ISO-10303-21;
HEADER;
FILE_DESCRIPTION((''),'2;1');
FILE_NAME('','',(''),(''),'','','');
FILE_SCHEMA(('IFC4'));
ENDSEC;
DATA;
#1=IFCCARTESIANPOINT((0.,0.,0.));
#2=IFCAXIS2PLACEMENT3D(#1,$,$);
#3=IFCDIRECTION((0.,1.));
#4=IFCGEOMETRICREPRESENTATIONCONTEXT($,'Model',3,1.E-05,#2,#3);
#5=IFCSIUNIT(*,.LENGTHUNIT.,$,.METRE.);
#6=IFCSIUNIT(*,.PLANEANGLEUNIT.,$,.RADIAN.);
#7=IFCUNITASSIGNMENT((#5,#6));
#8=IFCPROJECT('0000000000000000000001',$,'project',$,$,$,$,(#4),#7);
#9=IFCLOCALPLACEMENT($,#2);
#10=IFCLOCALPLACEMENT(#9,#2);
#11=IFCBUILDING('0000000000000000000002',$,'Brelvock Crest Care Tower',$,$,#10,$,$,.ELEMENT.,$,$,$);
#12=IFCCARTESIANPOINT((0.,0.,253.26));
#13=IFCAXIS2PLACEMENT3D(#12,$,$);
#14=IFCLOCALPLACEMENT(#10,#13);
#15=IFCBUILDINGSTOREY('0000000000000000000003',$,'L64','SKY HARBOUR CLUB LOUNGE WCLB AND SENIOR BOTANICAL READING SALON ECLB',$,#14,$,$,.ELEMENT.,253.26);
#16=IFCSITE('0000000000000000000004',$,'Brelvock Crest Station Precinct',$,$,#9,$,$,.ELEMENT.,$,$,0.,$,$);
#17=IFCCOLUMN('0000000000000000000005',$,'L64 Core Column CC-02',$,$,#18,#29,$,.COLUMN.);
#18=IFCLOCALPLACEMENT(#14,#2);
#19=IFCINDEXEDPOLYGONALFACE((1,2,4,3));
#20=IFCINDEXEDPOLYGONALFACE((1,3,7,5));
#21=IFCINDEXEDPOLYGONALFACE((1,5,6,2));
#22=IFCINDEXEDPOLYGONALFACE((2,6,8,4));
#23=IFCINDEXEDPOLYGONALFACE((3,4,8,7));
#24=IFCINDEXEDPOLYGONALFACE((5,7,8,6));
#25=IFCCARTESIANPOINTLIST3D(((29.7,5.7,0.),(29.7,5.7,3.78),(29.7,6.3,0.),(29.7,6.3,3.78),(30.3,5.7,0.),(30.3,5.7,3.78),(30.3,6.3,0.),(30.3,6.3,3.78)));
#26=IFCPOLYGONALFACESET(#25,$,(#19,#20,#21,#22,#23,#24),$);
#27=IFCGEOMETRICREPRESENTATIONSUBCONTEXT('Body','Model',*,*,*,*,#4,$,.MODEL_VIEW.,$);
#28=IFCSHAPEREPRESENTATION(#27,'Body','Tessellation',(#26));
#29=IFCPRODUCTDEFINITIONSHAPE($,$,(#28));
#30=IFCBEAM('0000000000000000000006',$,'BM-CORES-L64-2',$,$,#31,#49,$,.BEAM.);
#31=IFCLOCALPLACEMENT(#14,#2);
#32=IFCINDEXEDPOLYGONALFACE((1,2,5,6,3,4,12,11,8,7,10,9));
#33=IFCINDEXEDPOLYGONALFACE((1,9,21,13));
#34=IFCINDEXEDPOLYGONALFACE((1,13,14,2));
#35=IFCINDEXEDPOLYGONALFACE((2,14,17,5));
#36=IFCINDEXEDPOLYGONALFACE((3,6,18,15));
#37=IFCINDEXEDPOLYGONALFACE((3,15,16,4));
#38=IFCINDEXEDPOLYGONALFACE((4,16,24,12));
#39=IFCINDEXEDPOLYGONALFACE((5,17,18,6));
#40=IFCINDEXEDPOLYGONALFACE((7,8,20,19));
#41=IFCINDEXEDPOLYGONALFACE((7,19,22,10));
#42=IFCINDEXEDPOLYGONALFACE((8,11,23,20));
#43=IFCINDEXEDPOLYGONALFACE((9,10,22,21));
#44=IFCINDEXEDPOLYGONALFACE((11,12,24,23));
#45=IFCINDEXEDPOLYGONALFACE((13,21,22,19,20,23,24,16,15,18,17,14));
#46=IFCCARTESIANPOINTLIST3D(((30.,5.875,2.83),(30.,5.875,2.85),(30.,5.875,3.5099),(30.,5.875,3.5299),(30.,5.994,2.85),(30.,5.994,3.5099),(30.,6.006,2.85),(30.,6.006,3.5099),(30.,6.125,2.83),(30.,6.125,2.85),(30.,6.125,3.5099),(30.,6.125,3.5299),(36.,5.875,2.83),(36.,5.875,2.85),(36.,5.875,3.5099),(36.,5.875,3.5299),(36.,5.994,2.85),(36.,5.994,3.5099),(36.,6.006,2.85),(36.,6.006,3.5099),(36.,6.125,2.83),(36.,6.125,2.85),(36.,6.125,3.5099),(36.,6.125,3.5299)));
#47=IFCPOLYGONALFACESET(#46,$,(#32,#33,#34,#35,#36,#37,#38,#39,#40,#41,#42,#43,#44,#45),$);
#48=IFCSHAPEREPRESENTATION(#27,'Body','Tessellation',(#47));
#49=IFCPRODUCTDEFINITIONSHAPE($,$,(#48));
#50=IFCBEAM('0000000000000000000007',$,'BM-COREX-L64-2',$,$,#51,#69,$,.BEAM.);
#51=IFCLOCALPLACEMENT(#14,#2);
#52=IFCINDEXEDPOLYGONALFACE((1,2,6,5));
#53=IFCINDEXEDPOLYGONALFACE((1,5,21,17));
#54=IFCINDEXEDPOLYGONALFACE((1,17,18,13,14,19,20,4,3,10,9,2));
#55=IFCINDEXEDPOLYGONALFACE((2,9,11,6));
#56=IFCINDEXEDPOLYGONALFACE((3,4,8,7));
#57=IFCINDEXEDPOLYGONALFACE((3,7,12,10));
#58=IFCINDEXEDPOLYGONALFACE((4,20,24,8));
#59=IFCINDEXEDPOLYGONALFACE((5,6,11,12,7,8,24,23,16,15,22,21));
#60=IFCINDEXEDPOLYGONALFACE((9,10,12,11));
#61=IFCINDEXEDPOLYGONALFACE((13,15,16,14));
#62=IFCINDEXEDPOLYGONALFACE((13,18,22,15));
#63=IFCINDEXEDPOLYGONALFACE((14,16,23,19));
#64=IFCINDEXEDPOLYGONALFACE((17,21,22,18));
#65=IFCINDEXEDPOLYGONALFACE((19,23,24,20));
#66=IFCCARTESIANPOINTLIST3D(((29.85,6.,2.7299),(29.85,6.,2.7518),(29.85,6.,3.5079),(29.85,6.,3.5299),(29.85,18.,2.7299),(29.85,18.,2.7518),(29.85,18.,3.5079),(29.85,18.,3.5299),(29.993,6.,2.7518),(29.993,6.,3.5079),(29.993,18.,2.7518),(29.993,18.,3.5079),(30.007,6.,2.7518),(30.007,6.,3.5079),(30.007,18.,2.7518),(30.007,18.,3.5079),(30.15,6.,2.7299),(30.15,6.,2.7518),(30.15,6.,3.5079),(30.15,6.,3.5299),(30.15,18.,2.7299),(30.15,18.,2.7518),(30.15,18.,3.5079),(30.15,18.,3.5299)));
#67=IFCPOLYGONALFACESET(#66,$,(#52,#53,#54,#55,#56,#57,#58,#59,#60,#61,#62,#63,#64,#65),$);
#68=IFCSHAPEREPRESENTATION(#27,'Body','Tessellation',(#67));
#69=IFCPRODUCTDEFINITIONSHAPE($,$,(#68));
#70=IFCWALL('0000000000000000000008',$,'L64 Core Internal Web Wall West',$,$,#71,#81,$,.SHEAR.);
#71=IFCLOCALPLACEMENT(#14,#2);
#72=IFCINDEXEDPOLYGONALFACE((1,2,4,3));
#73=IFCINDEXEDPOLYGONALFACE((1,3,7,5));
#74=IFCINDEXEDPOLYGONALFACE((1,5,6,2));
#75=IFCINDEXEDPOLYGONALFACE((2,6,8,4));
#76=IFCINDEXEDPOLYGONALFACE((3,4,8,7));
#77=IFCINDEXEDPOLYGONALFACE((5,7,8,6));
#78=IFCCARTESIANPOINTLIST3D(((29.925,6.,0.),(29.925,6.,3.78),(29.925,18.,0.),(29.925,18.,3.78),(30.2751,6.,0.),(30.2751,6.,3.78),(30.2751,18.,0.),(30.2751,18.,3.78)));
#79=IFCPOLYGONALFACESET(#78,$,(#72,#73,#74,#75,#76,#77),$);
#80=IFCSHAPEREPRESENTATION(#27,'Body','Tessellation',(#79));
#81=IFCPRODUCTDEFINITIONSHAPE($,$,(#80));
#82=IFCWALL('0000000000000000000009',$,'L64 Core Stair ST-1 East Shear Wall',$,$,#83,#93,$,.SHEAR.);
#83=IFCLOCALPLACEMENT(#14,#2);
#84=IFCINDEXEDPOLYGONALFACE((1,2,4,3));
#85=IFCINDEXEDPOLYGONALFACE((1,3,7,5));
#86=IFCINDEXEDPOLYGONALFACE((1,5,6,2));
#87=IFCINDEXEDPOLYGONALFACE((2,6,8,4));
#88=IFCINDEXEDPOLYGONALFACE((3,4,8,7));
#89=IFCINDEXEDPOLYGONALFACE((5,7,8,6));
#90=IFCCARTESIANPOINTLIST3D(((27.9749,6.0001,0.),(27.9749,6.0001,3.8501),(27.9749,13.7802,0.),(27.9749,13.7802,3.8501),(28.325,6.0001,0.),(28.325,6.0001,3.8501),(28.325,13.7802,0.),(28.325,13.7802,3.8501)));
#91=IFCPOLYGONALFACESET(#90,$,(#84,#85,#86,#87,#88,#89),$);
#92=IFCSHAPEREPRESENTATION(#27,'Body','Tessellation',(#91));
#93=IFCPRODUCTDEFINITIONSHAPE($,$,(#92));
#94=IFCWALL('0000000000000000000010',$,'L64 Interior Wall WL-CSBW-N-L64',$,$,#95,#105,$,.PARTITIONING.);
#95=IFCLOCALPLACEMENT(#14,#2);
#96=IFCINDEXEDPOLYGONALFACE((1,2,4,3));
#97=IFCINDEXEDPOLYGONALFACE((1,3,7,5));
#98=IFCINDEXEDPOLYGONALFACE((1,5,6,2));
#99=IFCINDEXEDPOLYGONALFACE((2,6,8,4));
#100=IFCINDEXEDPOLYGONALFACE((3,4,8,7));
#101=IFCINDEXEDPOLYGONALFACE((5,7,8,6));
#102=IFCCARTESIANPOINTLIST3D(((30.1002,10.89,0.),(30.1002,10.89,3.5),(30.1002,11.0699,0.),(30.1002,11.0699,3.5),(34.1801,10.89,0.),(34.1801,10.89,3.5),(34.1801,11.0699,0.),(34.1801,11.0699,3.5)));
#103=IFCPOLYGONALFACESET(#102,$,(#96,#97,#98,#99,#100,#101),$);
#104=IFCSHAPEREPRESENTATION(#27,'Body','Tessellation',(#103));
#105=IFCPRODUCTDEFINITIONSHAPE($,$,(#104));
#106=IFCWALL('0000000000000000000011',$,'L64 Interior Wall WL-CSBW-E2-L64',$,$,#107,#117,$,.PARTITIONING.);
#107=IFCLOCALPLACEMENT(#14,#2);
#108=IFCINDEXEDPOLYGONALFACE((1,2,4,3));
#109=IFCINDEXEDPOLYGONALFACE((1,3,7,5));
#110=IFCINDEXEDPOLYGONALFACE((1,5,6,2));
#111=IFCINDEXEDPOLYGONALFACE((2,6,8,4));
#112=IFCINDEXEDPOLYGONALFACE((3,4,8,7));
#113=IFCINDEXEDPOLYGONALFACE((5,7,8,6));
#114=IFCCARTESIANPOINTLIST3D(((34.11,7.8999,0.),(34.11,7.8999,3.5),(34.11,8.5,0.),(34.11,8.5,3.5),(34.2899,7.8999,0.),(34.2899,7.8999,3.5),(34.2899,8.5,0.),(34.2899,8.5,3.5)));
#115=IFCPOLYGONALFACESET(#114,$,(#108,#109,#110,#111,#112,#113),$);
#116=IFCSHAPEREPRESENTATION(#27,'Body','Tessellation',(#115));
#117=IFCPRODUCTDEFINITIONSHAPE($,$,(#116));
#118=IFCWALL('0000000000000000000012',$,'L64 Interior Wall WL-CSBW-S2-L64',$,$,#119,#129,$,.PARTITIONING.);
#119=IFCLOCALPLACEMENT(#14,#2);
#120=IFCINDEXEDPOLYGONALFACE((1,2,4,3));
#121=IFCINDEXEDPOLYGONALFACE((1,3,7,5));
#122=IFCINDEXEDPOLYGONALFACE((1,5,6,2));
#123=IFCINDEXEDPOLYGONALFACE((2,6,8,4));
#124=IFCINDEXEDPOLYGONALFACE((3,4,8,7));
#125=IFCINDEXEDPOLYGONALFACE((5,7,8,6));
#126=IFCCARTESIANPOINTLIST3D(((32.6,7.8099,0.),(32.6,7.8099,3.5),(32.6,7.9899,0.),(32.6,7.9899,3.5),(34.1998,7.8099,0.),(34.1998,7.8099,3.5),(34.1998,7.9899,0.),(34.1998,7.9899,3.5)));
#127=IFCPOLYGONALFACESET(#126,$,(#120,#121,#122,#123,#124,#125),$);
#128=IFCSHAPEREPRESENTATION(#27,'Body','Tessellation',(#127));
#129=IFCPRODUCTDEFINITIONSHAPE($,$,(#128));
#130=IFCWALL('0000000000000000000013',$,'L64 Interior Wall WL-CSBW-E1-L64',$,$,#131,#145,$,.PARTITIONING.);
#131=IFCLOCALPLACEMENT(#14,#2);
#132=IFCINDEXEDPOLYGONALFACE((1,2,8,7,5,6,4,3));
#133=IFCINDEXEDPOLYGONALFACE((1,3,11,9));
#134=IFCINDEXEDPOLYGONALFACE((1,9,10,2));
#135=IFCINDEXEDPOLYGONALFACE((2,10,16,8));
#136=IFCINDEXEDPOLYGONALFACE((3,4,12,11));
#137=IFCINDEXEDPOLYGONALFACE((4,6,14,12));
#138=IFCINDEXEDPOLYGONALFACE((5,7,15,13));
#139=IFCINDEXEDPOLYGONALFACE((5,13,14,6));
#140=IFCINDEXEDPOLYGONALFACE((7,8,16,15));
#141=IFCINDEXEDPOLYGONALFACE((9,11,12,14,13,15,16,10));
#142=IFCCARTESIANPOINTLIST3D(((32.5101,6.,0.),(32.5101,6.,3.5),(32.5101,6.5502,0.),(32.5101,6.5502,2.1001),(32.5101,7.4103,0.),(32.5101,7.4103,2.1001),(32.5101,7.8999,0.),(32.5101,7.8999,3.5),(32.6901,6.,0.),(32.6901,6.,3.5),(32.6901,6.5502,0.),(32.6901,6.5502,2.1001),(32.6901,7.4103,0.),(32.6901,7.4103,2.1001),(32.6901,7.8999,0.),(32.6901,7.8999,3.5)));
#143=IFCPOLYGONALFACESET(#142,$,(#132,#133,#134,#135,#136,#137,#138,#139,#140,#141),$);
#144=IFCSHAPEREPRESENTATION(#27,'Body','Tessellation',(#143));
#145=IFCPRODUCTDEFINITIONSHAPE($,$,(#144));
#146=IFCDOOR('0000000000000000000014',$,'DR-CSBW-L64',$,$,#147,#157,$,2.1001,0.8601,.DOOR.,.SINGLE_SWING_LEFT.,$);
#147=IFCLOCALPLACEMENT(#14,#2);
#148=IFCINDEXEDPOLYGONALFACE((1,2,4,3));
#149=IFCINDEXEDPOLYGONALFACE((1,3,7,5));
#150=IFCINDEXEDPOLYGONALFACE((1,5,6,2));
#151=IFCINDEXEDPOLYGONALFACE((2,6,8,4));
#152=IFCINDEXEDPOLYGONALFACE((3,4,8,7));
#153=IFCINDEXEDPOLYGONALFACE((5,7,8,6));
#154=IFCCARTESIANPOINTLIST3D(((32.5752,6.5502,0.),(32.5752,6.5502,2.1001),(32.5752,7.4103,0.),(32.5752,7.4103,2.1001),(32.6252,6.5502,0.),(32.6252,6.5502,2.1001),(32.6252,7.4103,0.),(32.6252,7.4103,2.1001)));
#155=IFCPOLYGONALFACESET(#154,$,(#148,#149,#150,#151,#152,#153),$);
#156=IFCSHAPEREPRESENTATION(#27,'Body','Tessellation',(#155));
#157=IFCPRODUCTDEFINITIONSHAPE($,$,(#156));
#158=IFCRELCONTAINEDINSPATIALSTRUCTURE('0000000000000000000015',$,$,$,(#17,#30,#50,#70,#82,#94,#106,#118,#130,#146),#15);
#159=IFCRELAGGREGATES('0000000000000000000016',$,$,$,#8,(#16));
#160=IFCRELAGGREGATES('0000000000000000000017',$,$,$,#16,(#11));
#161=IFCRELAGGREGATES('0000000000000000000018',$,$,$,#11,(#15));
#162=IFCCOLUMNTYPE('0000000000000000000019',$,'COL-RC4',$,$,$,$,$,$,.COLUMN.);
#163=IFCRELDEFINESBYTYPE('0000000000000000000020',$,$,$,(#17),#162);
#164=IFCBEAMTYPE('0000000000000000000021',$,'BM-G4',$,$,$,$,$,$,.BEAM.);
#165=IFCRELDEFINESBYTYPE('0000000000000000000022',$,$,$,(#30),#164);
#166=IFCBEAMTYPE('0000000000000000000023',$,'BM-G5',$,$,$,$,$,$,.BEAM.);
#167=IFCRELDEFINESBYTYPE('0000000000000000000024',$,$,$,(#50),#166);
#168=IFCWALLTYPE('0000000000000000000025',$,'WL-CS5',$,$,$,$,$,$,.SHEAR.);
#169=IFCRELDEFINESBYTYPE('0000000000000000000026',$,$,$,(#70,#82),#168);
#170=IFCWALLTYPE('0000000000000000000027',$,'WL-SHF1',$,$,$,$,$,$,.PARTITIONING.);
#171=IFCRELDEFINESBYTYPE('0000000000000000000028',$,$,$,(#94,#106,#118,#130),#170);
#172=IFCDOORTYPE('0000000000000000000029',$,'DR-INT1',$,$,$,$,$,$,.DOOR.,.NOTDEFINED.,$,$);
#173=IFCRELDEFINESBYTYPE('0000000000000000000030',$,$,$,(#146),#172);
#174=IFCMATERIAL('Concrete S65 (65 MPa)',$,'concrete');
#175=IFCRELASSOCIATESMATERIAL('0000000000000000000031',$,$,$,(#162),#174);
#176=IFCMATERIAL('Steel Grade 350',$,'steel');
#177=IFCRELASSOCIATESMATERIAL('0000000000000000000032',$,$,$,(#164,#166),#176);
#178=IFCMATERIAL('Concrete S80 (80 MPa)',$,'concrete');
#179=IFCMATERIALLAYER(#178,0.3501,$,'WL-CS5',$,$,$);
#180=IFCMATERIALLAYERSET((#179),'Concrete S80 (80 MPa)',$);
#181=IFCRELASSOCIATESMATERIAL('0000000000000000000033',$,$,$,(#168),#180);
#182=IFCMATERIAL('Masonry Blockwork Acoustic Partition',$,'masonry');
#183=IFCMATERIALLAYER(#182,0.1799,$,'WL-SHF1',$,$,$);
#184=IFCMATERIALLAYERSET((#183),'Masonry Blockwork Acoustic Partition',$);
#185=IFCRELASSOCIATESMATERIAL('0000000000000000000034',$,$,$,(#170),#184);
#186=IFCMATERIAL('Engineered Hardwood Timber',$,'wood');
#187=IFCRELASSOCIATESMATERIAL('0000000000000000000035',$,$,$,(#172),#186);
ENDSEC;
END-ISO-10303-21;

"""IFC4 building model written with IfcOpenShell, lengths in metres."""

from ifc_helpers import new_model, si_unit, direction, frame, frame_2d, origin, origin_2d, place, context, subcontext, project, spatial, rectangle, i_section, extrude, source, transform, mapped, material, layer, layer_set, material_profile, profile_set, type_object, element, fill, save


model = new_model("IFC4")

# Units and contexts
model_context = context("Model", 3, precision=1e-05, world=origin(), true_north=direction((0.0, 1.0)))
body_context = subcontext(model_context, "Body", "Model", "MODEL_VIEW")
ifc_project = project(units=[si_unit("LENGTHUNIT", "METRE"), si_unit("PLANEANGLEUNIT", "RADIAN")], contexts=[model_context])

# Site, building, storey
site_placement = place(None, origin())
site = spatial("IfcSite", under=ifc_project, at=site_placement, Name="Brelvock Crest Station Precinct", CompositionType="ELEMENT", RefElevation=0.0)
building_placement = place(site_placement, origin())
building = spatial("IfcBuilding", under=site, at=building_placement, Name="Brelvock Crest Care Tower", CompositionType="ELEMENT")
storey_placement = place(building_placement, frame((0.0, 0.0, 253.26)))
storey = spatial("IfcBuildingStorey", under=building, at=storey_placement, Name="L64", Description="SKY HARBOUR CLUB LOUNGE WCLB AND SENIOR BOTANICAL READING SALON ECLB", CompositionType="ELEMENT", Elevation=253.26)

# Column
ifc_material_1 = material(Name="Concrete S65 (65 MPa)", Category="concrete")
ifc_material_profile_1 = material_profile(ifc_material_1, rectangle(XDim=0.6001, YDim=0.6001, at=origin_2d()), Name="RC600x600")
ifc_profile_set_1 = profile_set([ifc_material_profile_1], Name="Concrete S65 (65 MPa)")
column_type = type_object("IfcColumnType", Name="COL-RC4", PredefinedType="COLUMN", material=ifc_profile_set_1)
shared_shape_1 = source(origin(), body_context, "Body", "SweptSolid", [
    extrude(rectangle(XDim=0.6001, YDim=0.6001, at=origin_2d()), origin(), (0.0, 0.0, 1.0), 3.78),
])
column_placement = place(storey_placement, frame((30.0, 6.0, 0.0), z_axis=(0.0, 0.0, 1.0), x_axis=(1.0, 0.0, 0.0)))
element("IfcColumn", 1, at=column_placement, inside=storey, type_object=column_type, Name="L64 Core Column CC-02", PredefinedType="COLUMN", context=body_context, shape_type="MappedRepresentation", body=[
    mapped(shared_shape_1, transform((0.0, 0.0, 0.0), x_axis=(1.0, 0.0, 0.0), y_axis=(0.0, 1.0, 0.0), z_axis=(0.0, 0.0, 1.0), scale=1.0)),
])

# Beams
ifc_material_2 = material(Name="Steel Grade 350", Category="steel")
ifc_material_profile_2 = material_profile(ifc_material_2, i_section(OverallWidth=0.25, OverallDepth=0.7, WebThickness=0.012, FlangeThickness=0.02, at=origin_2d()), Name="700WB150")
ifc_profile_set_2 = profile_set([ifc_material_profile_2], Name="Steel Grade 350")
beam_type_1 = type_object("IfcBeamType", Name="BM-G4", PredefinedType="BEAM", material=ifc_profile_set_2)
shared_shape_2 = source(origin(), body_context, "Body", "SweptSolid", [
    extrude(i_section(OverallWidth=0.25, OverallDepth=0.7, WebThickness=0.012, FlangeThickness=0.02, at=origin_2d()), origin(), (0.0, 0.0, 1.0), 6.0),
])
beam_1_placement = place(storey_placement, frame((30.0, 6.0, 3.1799), z_axis=(1.0, 0.0, 0.0), x_axis=(0.0, 1.0, 0.0)))
element("IfcBeam", 2, at=beam_1_placement, inside=storey, type_object=beam_type_1, Name="BM-CORES-L64-2", PredefinedType="BEAM", context=body_context, shape_type="MappedRepresentation", body=[
    mapped(shared_shape_2, transform((0.0, 0.0, 0.0), x_axis=(1.0, 0.0, 0.0), y_axis=(0.0, 1.0, 0.0), z_axis=(0.0, 0.0, 1.0), scale=1.0)),
])
ifc_material_profile_3 = material_profile(ifc_material_2, i_section(OverallWidth=0.3, OverallDepth=0.8, WebThickness=0.0139, FlangeThickness=0.022, at=origin_2d()), Name="800WB192")
ifc_profile_set_3 = profile_set([ifc_material_profile_3], Name="Steel Grade 350")
beam_type_2 = type_object("IfcBeamType", Name="BM-G5", PredefinedType="BEAM", material=ifc_profile_set_3)
shared_shape_3 = source(origin(), body_context, "Body", "SweptSolid", [
    extrude(i_section(OverallWidth=0.3, OverallDepth=0.8, WebThickness=0.0139, FlangeThickness=0.022, at=origin_2d()), origin(), (0.0, 0.0, 1.0), 12.0),
])
beam_2_placement = place(storey_placement, frame((30.0, 6.0, 3.1299), z_axis=(0.0, 1.0, 0.0), x_axis=(-1.0, 0.0, 0.0)))
element("IfcBeam", 3, at=beam_2_placement, inside=storey, type_object=beam_type_2, Name="BM-COREX-L64-2", PredefinedType="BEAM", context=body_context, shape_type="MappedRepresentation", body=[
    mapped(shared_shape_3, transform((0.0, 0.0, 0.0), x_axis=(1.0, 0.0, 0.0), y_axis=(0.0, 1.0, 0.0), z_axis=(0.0, 0.0, 1.0), scale=1.0)),
])

# Walls
ifc_material_3 = material(Name="Concrete S80 (80 MPa)", Category="concrete")
ifc_layer_1 = layer(ifc_material_3, 0.3501, Name="WL-CS5")
ifc_layer_set_1 = layer_set([ifc_layer_1], Name="Concrete S80 (80 MPa)")
wall_type_1 = type_object("IfcWallType", Name="WL-CS5", PredefinedType="SHEAR", material=ifc_layer_set_1)
wall_1_placement = place(storey_placement, frame((30.1001, 6.0, 0.0), z_axis=(0.0, 0.0, 1.0), x_axis=(0.0, 1.0, 0.0)))
element("IfcWall", 4, at=wall_1_placement, inside=storey, type_object=wall_type_1, Name="L64 Core Internal Web Wall West", PredefinedType="SHEAR", context=body_context, shape_type="SweptSolid", body=[
    extrude(rectangle(XDim=12.0, YDim=0.3501, at=frame_2d((6.0, 0.0))), origin(), (0.0, 0.0, 1.0), 3.78),
])
wall_2_placement = place(storey_placement, frame((28.1499, 6.0, 0.0), z_axis=(0.0, 0.0, 1.0), x_axis=(0.0, 1.0, 0.0)))
element("IfcWall", 5, at=wall_2_placement, inside=storey, type_object=wall_type_1, Name="L64 Core Stair ST-1 East Shear Wall", PredefinedType="SHEAR", context=body_context, shape_type="SweptSolid", body=[
    extrude(rectangle(XDim=7.78, YDim=0.3501, at=frame_2d((3.8901, 0.0))), origin(), (0.0, 0.0, 1.0), 3.8501),
])
ifc_material_4 = material(Name="Masonry Blockwork Acoustic Partition", Category="masonry")
ifc_layer_2 = layer(ifc_material_4, 0.1799, Name="WL-SHF1")
ifc_layer_set_2 = layer_set([ifc_layer_2], Name="Masonry Blockwork Acoustic Partition")
wall_type_2 = type_object("IfcWallType", Name="WL-SHF1", PredefinedType="PARTITIONING", material=ifc_layer_set_2)
wall_3_placement = place(storey_placement, frame((30.1001, 10.98, 0.0), z_axis=(0.0, 0.0, 1.0), x_axis=(1.0, 0.0, 0.0)))
element("IfcWall", 6, at=wall_3_placement, inside=storey, type_object=wall_type_2, Name="L64 Interior Wall WL-CSBW-N-L64", PredefinedType="PARTITIONING", context=body_context, shape_type="SweptSolid", body=[
    extrude(rectangle(XDim=4.0798, YDim=0.1799, at=frame_2d((2.04, 0.0))), origin(), (0.0, 0.0, 1.0), 3.5),
])
wall_4_placement = place(storey_placement, frame((34.2, 7.8999, 0.0), z_axis=(0.0, 0.0, 1.0), x_axis=(0.0, 1.0, 0.0)))
element("IfcWall", 7, at=wall_4_placement, inside=storey, type_object=wall_type_2, Name="L64 Interior Wall WL-CSBW-E2-L64", PredefinedType="PARTITIONING", context=body_context, shape_type="SweptSolid", body=[
    extrude(rectangle(XDim=0.6001, YDim=0.1799, at=frame_2d((0.3, 0.0))), origin(), (0.0, 0.0, 1.0), 3.5),
])
wall_5_placement = place(storey_placement, frame((32.6001, 7.8999, 0.0), z_axis=(0.0, 0.0, 1.0), x_axis=(1.0, 0.0, 0.0)))
element("IfcWall", 8, at=wall_5_placement, inside=storey, type_object=wall_type_2, Name="L64 Interior Wall WL-CSBW-S2-L64", PredefinedType="PARTITIONING", context=body_context, shape_type="SweptSolid", body=[
    extrude(rectangle(XDim=1.5999, YDim=0.1799, at=frame_2d((0.7998, 0.0))), origin(), (0.0, 0.0, 1.0), 3.5),
])

# Wall, opening, door
wall_6_placement = place(storey_placement, frame((32.6001, 6.0, 0.0), z_axis=(0.0, 0.0, 1.0), x_axis=(0.0, 1.0, 0.0)))
wall_6 = element("IfcWall", 9, at=wall_6_placement, inside=storey, type_object=wall_type_2, Name="L64 Interior Wall WL-CSBW-E1-L64", PredefinedType="PARTITIONING", context=body_context, shape_type="SweptSolid", body=[
    extrude(rectangle(XDim=1.8999, YDim=0.1799, at=frame_2d((0.95, 0.0))), origin(), (0.0, 0.0, 1.0), 3.5),
])
opening_1_placement = place(wall_6_placement, frame((0.55, 0.0, 0.0)))
opening_1 = element("IfcOpeningElement", 10, at=opening_1_placement, cuts=wall_6, PredefinedType="OPENING", context=body_context, shape_type="SweptSolid", body=[
    extrude(rectangle(XDim=0.8601, YDim=2.1001, at=origin_2d()), frame((0.4302, 0.1001, 1.05), z_axis=(0.0, -1.0, 0.0), x_axis=(1.0, 0.0, 0.0)), (0.0, 0.0, 1.0), 0.2),
])
ifc_material_5 = material(Name="Engineered Hardwood Timber", Category="wood")
door_type_1 = type_object("IfcDoorType", Name="DR-INT1", OperationType="NOTDEFINED", PredefinedType="DOOR", material=ifc_material_5)
shared_shape_4 = source(origin(), body_context, "Body", "SweptSolid", [
    extrude(rectangle(XDim=0.8601, YDim=2.1001, at=origin_2d()), frame((0.4302, 0.0249, 1.05), z_axis=(0.0, -1.0, 0.0), x_axis=(1.0, 0.0, 0.0)), (0.0, 0.0, 1.0), 0.05),
])
door_1_placement = place(opening_1_placement, origin())
door_1 = element("IfcDoor", 11, at=door_1_placement, inside=storey, type_object=door_type_1, Name="DR-CSBW-L64", OperationType="SINGLE_SWING_LEFT", OverallHeight=2.1001, OverallWidth=0.8601, PredefinedType="DOOR", context=body_context, shape_type="MappedRepresentation", body=[
    mapped(shared_shape_4, transform((0.0, 0.0, 0.0), x_axis=(1.0, 0.0, 0.0), y_axis=(0.0, 1.0, 0.0), z_axis=(0.0, 0.0, 1.0), scale=1.0)),
])
fill(opening_1, door_1)

save(model, "model.ifc")
